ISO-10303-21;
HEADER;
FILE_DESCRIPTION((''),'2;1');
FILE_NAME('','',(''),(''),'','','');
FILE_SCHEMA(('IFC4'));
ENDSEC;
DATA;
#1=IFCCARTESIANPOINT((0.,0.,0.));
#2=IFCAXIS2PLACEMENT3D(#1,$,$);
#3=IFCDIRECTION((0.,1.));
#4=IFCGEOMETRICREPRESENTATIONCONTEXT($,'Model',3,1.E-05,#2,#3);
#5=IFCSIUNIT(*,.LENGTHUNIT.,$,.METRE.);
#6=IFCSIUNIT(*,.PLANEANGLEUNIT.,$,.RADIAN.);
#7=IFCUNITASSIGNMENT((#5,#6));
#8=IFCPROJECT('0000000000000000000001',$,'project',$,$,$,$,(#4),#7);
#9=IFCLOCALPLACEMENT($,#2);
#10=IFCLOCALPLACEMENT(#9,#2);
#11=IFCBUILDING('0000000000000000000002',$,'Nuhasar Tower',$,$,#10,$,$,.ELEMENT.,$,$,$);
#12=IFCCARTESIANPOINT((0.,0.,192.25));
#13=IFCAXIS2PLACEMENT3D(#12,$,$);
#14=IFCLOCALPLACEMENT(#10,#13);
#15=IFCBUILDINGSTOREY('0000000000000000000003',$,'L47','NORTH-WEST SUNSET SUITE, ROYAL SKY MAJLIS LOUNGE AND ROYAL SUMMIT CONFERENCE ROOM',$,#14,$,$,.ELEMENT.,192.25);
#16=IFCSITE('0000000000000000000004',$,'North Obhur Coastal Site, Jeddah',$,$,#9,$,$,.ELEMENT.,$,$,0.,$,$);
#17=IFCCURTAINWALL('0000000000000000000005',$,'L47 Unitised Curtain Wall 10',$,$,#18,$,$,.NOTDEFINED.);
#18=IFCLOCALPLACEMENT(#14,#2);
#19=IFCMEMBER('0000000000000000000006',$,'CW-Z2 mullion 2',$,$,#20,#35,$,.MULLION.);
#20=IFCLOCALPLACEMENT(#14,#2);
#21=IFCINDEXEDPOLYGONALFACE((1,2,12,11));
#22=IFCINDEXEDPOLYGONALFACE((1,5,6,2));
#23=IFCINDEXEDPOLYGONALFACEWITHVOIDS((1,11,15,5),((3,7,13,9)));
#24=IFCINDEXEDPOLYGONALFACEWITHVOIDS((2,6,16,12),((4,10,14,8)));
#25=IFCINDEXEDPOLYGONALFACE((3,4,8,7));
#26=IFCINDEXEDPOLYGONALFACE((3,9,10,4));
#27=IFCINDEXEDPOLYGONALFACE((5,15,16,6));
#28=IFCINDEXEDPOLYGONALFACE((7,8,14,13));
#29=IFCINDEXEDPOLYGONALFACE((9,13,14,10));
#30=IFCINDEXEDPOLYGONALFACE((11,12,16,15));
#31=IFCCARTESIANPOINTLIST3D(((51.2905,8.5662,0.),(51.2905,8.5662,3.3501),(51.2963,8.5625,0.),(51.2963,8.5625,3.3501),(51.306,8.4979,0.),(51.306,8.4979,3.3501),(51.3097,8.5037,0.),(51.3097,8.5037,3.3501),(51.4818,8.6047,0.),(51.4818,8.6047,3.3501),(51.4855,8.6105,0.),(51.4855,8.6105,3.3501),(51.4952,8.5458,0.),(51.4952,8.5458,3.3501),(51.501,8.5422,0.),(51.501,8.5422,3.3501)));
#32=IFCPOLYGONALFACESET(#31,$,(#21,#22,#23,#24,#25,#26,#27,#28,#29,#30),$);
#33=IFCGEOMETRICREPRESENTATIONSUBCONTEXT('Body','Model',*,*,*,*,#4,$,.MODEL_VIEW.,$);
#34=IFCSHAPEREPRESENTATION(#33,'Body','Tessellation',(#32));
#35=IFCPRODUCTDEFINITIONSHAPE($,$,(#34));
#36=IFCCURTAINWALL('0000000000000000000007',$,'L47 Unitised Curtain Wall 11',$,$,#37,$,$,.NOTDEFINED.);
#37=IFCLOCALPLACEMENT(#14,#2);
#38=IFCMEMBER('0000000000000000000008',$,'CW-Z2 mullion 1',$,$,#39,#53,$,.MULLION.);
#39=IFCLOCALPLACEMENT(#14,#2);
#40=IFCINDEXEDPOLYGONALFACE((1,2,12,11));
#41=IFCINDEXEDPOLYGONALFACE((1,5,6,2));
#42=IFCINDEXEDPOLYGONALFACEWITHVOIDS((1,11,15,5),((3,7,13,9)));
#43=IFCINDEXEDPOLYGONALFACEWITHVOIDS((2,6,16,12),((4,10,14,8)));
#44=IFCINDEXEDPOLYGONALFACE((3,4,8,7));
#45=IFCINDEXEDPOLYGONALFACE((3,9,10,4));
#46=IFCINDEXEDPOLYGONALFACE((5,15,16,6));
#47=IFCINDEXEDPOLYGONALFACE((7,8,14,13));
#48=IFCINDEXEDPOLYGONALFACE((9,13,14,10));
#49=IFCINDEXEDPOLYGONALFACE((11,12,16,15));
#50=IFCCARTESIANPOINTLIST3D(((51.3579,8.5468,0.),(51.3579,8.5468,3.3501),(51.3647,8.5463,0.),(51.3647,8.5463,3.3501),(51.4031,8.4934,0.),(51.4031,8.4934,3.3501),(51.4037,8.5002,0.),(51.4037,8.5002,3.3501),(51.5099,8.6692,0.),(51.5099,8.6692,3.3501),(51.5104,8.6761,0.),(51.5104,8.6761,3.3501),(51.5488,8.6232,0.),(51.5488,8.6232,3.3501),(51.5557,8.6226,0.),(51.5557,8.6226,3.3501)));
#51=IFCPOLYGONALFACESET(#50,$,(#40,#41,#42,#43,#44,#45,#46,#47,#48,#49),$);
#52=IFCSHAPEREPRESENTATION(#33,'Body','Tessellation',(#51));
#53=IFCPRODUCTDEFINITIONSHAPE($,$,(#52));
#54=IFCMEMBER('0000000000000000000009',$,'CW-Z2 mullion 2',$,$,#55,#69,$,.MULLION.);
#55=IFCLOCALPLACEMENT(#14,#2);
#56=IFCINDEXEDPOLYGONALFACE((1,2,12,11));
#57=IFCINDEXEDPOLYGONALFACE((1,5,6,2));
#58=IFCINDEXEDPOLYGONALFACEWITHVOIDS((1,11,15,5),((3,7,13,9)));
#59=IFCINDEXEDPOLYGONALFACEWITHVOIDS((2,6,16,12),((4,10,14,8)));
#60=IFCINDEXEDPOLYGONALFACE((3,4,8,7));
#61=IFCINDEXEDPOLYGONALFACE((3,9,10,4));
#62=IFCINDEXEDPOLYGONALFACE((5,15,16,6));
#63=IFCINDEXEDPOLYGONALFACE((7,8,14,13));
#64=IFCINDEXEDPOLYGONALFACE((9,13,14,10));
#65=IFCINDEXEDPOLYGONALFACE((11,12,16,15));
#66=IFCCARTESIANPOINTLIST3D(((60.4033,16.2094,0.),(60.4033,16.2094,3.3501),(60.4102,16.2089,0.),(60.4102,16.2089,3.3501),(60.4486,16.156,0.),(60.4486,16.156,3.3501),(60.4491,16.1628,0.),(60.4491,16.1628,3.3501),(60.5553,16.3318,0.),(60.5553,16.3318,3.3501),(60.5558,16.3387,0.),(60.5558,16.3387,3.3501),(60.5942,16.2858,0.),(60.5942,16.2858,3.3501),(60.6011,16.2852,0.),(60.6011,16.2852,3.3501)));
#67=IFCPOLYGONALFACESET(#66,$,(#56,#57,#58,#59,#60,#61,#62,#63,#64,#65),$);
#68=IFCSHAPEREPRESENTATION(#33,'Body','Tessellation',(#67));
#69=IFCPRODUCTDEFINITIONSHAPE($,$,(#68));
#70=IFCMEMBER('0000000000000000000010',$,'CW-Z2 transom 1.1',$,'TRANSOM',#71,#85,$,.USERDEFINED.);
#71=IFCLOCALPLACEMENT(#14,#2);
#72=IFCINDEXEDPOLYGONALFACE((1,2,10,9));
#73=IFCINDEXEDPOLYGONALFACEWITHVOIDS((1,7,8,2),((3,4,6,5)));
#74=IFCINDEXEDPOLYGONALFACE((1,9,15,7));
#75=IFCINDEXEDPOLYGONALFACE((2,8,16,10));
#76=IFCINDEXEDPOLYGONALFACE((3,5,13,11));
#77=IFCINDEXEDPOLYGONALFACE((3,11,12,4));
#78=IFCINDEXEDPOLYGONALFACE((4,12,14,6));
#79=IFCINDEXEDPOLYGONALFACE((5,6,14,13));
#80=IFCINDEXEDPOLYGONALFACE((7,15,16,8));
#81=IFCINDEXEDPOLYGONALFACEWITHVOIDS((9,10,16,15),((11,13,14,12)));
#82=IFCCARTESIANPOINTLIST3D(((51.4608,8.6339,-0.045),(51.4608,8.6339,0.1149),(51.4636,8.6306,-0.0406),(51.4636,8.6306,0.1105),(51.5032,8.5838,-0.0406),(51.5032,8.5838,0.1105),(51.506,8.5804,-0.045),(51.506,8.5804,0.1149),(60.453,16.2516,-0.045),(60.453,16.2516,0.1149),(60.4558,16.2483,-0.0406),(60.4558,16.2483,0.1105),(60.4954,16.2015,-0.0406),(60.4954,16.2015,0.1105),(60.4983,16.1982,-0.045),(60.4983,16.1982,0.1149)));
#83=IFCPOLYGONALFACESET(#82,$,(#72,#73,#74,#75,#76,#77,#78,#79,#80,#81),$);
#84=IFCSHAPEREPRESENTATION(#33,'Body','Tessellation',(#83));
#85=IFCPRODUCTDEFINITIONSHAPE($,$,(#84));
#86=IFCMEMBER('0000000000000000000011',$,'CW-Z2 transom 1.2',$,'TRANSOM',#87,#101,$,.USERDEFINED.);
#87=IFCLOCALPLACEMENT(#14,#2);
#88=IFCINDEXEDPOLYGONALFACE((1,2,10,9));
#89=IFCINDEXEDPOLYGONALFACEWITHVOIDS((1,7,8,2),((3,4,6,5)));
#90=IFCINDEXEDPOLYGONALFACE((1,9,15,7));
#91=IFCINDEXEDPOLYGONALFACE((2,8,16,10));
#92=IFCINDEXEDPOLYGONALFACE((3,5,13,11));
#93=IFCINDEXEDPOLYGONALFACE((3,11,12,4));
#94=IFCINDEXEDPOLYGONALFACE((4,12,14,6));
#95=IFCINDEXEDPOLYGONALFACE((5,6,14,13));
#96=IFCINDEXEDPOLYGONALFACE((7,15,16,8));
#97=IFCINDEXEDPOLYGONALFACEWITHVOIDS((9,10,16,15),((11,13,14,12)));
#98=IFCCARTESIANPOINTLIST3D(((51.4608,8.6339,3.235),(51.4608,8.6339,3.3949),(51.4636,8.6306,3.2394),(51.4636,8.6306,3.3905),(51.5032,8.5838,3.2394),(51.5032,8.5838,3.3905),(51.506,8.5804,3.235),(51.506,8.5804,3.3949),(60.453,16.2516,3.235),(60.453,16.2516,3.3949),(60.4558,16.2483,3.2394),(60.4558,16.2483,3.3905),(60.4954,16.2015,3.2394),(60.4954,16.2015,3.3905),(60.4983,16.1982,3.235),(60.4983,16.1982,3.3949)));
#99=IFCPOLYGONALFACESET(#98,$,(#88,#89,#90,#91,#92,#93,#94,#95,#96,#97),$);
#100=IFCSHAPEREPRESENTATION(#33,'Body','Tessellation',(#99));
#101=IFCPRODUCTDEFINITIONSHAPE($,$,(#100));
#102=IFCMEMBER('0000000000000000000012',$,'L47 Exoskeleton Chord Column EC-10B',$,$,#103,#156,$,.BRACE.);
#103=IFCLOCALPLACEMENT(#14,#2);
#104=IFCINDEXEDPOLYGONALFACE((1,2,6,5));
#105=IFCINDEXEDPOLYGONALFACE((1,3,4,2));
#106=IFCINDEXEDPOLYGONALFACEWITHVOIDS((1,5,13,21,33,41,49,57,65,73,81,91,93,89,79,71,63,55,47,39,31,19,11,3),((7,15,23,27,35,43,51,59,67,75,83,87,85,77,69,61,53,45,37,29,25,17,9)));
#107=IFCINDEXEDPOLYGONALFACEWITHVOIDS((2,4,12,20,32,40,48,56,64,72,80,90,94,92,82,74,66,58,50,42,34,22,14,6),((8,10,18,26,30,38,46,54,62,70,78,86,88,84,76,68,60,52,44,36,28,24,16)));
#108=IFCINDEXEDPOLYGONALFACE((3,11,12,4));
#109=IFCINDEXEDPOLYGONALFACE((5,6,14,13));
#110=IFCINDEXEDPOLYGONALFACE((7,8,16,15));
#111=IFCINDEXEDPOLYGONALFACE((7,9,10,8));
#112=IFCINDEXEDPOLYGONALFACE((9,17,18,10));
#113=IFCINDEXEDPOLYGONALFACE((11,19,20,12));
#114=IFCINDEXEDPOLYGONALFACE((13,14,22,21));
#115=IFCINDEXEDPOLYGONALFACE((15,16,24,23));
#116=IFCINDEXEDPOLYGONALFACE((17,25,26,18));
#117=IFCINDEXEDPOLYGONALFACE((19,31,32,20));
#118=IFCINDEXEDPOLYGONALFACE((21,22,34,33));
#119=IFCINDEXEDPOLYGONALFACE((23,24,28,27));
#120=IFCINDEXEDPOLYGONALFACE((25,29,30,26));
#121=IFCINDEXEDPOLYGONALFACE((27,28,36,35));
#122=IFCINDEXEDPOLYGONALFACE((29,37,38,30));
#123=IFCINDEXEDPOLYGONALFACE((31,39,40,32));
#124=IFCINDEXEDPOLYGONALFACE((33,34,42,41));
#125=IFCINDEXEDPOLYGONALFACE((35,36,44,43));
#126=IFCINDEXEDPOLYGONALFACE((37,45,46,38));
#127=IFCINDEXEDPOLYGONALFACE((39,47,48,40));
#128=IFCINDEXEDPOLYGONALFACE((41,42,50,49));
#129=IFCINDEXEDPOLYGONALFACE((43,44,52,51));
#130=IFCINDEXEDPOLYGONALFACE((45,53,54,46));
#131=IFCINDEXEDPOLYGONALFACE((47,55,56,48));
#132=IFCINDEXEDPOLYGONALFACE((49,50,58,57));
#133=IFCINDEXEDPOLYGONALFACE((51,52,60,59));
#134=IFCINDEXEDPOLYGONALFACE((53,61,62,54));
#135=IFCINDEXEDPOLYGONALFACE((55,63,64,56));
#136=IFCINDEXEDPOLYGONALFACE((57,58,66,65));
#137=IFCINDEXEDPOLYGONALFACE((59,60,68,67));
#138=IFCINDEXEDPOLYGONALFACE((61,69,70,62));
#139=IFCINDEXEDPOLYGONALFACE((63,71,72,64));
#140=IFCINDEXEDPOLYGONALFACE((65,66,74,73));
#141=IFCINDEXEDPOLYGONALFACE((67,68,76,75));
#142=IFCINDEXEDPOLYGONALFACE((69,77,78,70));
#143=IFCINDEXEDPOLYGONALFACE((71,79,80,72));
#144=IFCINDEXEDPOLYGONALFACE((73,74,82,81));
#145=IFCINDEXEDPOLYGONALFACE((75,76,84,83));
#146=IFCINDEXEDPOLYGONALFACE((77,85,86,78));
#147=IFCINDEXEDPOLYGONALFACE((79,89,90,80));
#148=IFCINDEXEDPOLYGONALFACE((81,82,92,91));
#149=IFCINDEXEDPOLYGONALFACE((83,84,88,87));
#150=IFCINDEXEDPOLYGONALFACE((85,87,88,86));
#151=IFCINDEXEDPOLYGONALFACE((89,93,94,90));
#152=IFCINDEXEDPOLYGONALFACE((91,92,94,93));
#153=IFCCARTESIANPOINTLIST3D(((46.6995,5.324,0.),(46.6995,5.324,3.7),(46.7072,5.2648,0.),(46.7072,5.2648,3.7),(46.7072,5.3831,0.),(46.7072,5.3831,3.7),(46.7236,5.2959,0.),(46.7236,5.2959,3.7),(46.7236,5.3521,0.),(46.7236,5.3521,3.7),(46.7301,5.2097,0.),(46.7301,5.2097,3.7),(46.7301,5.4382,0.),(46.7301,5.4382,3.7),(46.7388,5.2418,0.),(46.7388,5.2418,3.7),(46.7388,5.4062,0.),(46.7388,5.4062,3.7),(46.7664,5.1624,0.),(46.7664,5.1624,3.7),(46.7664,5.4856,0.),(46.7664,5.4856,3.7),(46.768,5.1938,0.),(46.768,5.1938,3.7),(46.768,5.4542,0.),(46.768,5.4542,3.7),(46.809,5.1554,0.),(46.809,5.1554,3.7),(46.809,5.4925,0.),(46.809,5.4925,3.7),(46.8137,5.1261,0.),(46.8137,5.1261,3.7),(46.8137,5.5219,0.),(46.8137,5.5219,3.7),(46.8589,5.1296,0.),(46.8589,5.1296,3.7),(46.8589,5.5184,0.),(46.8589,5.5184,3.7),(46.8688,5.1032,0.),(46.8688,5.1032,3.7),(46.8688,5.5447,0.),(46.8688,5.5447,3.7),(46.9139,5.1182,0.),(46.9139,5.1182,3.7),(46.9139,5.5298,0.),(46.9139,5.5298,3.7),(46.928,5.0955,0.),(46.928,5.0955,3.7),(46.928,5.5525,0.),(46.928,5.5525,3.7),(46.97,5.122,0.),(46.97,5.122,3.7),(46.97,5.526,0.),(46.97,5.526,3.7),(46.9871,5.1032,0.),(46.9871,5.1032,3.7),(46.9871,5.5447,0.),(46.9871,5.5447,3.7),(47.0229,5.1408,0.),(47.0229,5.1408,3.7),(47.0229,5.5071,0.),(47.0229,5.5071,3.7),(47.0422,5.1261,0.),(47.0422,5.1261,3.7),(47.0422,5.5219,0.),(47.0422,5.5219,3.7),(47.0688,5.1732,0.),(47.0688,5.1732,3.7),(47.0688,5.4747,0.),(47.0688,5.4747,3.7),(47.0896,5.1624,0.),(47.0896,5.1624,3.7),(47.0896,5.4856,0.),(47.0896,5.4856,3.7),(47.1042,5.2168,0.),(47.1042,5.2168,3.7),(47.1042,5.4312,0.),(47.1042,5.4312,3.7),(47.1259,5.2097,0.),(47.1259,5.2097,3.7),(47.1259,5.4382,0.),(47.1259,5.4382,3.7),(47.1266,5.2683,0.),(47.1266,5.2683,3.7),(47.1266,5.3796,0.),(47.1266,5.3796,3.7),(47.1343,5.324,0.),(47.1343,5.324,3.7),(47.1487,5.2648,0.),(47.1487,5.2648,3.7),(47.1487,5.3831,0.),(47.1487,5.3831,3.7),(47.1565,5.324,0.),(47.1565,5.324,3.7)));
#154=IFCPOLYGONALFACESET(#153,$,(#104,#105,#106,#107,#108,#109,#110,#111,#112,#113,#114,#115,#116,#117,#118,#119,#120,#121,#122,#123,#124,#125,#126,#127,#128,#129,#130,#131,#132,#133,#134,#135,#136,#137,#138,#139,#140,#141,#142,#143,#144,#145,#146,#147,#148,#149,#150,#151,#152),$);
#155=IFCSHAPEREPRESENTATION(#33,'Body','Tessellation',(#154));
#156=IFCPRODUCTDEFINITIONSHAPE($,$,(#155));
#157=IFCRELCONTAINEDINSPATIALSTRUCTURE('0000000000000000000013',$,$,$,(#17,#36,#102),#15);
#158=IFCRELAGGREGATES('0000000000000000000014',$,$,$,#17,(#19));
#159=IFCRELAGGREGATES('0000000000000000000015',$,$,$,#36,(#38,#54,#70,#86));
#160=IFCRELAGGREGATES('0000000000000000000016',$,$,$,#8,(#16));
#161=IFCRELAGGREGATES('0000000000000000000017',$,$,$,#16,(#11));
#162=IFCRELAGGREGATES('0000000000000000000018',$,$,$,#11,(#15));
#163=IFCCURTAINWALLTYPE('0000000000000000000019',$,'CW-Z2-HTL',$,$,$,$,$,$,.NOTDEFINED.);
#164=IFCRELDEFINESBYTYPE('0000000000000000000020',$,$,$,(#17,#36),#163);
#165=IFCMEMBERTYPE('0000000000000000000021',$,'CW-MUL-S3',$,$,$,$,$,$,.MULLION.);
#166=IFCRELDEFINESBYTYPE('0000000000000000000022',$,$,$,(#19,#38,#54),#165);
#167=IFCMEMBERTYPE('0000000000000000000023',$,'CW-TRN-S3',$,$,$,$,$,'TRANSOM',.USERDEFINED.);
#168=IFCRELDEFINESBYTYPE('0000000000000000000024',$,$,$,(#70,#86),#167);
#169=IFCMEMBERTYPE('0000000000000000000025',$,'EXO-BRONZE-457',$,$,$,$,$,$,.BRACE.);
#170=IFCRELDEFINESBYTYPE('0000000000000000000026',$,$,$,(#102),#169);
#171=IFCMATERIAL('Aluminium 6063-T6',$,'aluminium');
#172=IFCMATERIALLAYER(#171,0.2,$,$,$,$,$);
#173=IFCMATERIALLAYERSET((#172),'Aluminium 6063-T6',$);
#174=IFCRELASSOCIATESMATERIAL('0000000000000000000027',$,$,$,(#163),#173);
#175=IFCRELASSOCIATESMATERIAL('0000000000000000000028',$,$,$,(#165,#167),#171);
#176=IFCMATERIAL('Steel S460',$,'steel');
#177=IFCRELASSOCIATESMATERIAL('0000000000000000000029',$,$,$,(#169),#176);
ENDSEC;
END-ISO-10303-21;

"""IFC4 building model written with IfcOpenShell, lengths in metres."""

from ifc_helpers import new_model, si_unit, direction, frame, origin, origin_2d, place, context, subcontext, project, spatial, hollow_rectangle, hollow_circle, extrude, material, layer, layer_set, material_profile, profile_set, type_object, element, aggregate, save


model = new_model("IFC4")

# Units and contexts
model_context = context("Model", 3, precision=1e-05, world=origin(), true_north=direction((0.0, 1.0)))
body_context = subcontext(model_context, "Body", "Model", "MODEL_VIEW")
ifc_project = project(units=[si_unit("LENGTHUNIT", "METRE"), si_unit("PLANEANGLEUNIT", "RADIAN")], contexts=[model_context])

# Site, building, storey
site_placement = place(None, origin())
site = spatial("IfcSite", under=ifc_project, at=site_placement, Name="North Obhur Coastal Site, Jeddah", CompositionType="ELEMENT", RefElevation=0.0)
building_placement = place(site_placement, origin())
building = spatial("IfcBuilding", under=site, at=building_placement, Name="Nuhasar Tower", CompositionType="ELEMENT")
storey_placement = place(building_placement, frame((0.0, 0.0, 192.25)))
storey = spatial("IfcBuildingStorey", under=building, at=storey_placement, Name="L47", Description="NORTH-WEST SUNSET SUITE, ROYAL SKY MAJLIS LOUNGE AND ROYAL SUMMIT CONFERENCE ROOM", CompositionType="ELEMENT", Elevation=192.25)

# Curtain wall, member
ifc_material_1 = material(Name="Aluminium 6063-T6", Category="aluminium")
ifc_layer_1 = layer(ifc_material_1, 0.2)
ifc_layer_set_1 = layer_set([ifc_layer_1], Name="Aluminium 6063-T6")
curtain_wall_type = type_object("IfcCurtainWallType", Name="CW-Z2-HTL", PredefinedType="NOTDEFINED", material=ifc_layer_set_1)
curtain_wall_1_placement = place(storey_placement, origin())
curtain_wall_1 = element("IfcCurtainWall", 1, at=curtain_wall_1_placement, inside=storey, type_object=curtain_wall_type, Name="L47 Unitised Curtain Wall 10", PredefinedType="NOTDEFINED")
ifc_material_profile_1 = material_profile(ifc_material_1, hollow_rectangle(XDim=0.0701, YDim=0.2, WallThickness=0.0049, at=origin_2d()), Name="CWM-3")
ifc_profile_set_1 = profile_set([ifc_material_profile_1], Name="Aluminium 6063-T6")
member_type_1 = type_object("IfcMemberType", Name="CW-MUL-S3", PredefinedType="MULLION", material=ifc_profile_set_1)
member_1_placement = place(storey_placement, frame((51.3958, 8.5542, 0.0), z_axis=(0.0, 0.0, 1.0), x_axis=(-0.221397, 0.975184, 0.0)))
member_1 = element("IfcMember", 2, at=member_1_placement, type_object=member_type_1, Name="CW-Z2 mullion 2", PredefinedType="MULLION", context=body_context, shape_type="SweptSolid", body=[
    extrude(hollow_rectangle(XDim=0.0701, YDim=0.2, WallThickness=0.0049, at=origin_2d()), origin(), (0.0, 0.0, 1.0), 3.3501),
])
aggregate(curtain_wall_1, [member_1])

# Curtain wall, members
curtain_wall_2_placement = place(storey_placement, origin())
curtain_wall_2 = element("IfcCurtainWall", 3, at=curtain_wall_2_placement, inside=storey, type_object=curtain_wall_type, Name="L47 Unitised Curtain Wall 11", PredefinedType="NOTDEFINED")
member_2_placement = place(storey_placement, frame((51.4568, 8.5847, 0.0), z_axis=(0.0, 0.0, 1.0), x_axis=(-0.646374, 0.76302, 0.0)))
member_2 = element("IfcMember", 4, at=member_2_placement, type_object=member_type_1, Name="CW-Z2 mullion 1", PredefinedType="MULLION", context=body_context, shape_type="SweptSolid", body=[
    extrude(hollow_rectangle(XDim=0.0701, YDim=0.2, WallThickness=0.0049, at=origin_2d()), origin(), (0.0, 0.0, 1.0), 3.3501),
])
member_3_placement = place(storey_placement, frame((60.5022, 16.2473, 0.0), z_axis=(0.0, 0.0, 1.0), x_axis=(-0.646374, 0.76302, 0.0)))
member_3 = element("IfcMember", 5, at=member_3_placement, type_object=member_type_1, Name="CW-Z2 mullion 2", PredefinedType="MULLION", context=body_context, shape_type="SweptSolid", body=[
    extrude(hollow_rectangle(XDim=0.0701, YDim=0.2, WallThickness=0.0049, at=origin_2d()), origin(), (0.0, 0.0, 1.0), 3.3501),
])
ifc_material_profile_2 = material_profile(ifc_material_1, hollow_rectangle(XDim=0.0701, YDim=0.1599, WallThickness=0.0044, at=origin_2d()), Name="CWT-3")
ifc_profile_set_2 = profile_set([ifc_material_profile_2], Name="Aluminium 6063-T6")
member_type_2 = type_object("IfcMemberType", Name="CW-TRN-S3", ElementType="TRANSOM", PredefinedType="USERDEFINED", material=ifc_profile_set_2)
member_4_placement = place(storey_placement, frame((51.4834, 8.6072, 0.0349), z_axis=(0.763014, 0.646382, 0.0), x_axis=(-0.646382, 0.763014, 0.0)))
member_4 = element("IfcMember", 6, at=member_4_placement, type_object=member_type_2, Name="CW-Z2 transom 1.1", ObjectType="TRANSOM", PredefinedType="USERDEFINED", context=body_context, shape_type="SweptSolid", body=[
    extrude(hollow_rectangle(XDim=0.0701, YDim=0.1599, WallThickness=0.0044, at=origin_2d()), origin(), (0.0, 0.0, 1.0), 11.7852),
])
member_5_placement = place(storey_placement, frame((51.4834, 8.6072, 3.3149), z_axis=(0.763014, 0.646382, 0.0), x_axis=(-0.646382, 0.763014, 0.0)))
member_5 = element("IfcMember", 7, at=member_5_placement, type_object=member_type_2, Name="CW-Z2 transom 1.2", ObjectType="TRANSOM", PredefinedType="USERDEFINED", context=body_context, shape_type="SweptSolid", body=[
    extrude(hollow_rectangle(XDim=0.0701, YDim=0.1599, WallThickness=0.0044, at=origin_2d()), origin(), (0.0, 0.0, 1.0), 11.7852),
])

# Member
ifc_material_2 = material(Name="Steel S460", Category="steel")
ifc_material_profile_3 = material_profile(ifc_material_2, hollow_circle(Radius=0.2285, WallThickness=0.0222, at=origin_2d()), Name="HSS457X22.2")
ifc_profile_set_3 = profile_set([ifc_material_profile_3], Name="Steel S460")
member_type_3 = type_object("IfcMemberType", Name="EXO-BRONZE-457", PredefinedType="BRACE", material=ifc_profile_set_3)
for number, where, z_axis, x_axis, name in (
    (8, (46.928, 5.324, 0.0), (0.0, 0.0, 1.0), (1.0, 0.0, 0.0), "L47 Exoskeleton Chord Column EC-10B"),
):
    element("IfcMember", number, at=place(storey_placement, frame(where, z_axis=z_axis, x_axis=x_axis)), inside=storey, type_object=member_type_3, Name=name, PredefinedType="BRACE", context=body_context, shape_type="SweptSolid", body=[
        extrude(hollow_circle(Radius=0.2285, WallThickness=0.0222, at=origin_2d()), origin(), (0.0, 0.0, 1.0), 3.7),
    ])

aggregate(curtain_wall_2, [member_2, member_3, member_4, member_5])

save(model, "model.ifc")
